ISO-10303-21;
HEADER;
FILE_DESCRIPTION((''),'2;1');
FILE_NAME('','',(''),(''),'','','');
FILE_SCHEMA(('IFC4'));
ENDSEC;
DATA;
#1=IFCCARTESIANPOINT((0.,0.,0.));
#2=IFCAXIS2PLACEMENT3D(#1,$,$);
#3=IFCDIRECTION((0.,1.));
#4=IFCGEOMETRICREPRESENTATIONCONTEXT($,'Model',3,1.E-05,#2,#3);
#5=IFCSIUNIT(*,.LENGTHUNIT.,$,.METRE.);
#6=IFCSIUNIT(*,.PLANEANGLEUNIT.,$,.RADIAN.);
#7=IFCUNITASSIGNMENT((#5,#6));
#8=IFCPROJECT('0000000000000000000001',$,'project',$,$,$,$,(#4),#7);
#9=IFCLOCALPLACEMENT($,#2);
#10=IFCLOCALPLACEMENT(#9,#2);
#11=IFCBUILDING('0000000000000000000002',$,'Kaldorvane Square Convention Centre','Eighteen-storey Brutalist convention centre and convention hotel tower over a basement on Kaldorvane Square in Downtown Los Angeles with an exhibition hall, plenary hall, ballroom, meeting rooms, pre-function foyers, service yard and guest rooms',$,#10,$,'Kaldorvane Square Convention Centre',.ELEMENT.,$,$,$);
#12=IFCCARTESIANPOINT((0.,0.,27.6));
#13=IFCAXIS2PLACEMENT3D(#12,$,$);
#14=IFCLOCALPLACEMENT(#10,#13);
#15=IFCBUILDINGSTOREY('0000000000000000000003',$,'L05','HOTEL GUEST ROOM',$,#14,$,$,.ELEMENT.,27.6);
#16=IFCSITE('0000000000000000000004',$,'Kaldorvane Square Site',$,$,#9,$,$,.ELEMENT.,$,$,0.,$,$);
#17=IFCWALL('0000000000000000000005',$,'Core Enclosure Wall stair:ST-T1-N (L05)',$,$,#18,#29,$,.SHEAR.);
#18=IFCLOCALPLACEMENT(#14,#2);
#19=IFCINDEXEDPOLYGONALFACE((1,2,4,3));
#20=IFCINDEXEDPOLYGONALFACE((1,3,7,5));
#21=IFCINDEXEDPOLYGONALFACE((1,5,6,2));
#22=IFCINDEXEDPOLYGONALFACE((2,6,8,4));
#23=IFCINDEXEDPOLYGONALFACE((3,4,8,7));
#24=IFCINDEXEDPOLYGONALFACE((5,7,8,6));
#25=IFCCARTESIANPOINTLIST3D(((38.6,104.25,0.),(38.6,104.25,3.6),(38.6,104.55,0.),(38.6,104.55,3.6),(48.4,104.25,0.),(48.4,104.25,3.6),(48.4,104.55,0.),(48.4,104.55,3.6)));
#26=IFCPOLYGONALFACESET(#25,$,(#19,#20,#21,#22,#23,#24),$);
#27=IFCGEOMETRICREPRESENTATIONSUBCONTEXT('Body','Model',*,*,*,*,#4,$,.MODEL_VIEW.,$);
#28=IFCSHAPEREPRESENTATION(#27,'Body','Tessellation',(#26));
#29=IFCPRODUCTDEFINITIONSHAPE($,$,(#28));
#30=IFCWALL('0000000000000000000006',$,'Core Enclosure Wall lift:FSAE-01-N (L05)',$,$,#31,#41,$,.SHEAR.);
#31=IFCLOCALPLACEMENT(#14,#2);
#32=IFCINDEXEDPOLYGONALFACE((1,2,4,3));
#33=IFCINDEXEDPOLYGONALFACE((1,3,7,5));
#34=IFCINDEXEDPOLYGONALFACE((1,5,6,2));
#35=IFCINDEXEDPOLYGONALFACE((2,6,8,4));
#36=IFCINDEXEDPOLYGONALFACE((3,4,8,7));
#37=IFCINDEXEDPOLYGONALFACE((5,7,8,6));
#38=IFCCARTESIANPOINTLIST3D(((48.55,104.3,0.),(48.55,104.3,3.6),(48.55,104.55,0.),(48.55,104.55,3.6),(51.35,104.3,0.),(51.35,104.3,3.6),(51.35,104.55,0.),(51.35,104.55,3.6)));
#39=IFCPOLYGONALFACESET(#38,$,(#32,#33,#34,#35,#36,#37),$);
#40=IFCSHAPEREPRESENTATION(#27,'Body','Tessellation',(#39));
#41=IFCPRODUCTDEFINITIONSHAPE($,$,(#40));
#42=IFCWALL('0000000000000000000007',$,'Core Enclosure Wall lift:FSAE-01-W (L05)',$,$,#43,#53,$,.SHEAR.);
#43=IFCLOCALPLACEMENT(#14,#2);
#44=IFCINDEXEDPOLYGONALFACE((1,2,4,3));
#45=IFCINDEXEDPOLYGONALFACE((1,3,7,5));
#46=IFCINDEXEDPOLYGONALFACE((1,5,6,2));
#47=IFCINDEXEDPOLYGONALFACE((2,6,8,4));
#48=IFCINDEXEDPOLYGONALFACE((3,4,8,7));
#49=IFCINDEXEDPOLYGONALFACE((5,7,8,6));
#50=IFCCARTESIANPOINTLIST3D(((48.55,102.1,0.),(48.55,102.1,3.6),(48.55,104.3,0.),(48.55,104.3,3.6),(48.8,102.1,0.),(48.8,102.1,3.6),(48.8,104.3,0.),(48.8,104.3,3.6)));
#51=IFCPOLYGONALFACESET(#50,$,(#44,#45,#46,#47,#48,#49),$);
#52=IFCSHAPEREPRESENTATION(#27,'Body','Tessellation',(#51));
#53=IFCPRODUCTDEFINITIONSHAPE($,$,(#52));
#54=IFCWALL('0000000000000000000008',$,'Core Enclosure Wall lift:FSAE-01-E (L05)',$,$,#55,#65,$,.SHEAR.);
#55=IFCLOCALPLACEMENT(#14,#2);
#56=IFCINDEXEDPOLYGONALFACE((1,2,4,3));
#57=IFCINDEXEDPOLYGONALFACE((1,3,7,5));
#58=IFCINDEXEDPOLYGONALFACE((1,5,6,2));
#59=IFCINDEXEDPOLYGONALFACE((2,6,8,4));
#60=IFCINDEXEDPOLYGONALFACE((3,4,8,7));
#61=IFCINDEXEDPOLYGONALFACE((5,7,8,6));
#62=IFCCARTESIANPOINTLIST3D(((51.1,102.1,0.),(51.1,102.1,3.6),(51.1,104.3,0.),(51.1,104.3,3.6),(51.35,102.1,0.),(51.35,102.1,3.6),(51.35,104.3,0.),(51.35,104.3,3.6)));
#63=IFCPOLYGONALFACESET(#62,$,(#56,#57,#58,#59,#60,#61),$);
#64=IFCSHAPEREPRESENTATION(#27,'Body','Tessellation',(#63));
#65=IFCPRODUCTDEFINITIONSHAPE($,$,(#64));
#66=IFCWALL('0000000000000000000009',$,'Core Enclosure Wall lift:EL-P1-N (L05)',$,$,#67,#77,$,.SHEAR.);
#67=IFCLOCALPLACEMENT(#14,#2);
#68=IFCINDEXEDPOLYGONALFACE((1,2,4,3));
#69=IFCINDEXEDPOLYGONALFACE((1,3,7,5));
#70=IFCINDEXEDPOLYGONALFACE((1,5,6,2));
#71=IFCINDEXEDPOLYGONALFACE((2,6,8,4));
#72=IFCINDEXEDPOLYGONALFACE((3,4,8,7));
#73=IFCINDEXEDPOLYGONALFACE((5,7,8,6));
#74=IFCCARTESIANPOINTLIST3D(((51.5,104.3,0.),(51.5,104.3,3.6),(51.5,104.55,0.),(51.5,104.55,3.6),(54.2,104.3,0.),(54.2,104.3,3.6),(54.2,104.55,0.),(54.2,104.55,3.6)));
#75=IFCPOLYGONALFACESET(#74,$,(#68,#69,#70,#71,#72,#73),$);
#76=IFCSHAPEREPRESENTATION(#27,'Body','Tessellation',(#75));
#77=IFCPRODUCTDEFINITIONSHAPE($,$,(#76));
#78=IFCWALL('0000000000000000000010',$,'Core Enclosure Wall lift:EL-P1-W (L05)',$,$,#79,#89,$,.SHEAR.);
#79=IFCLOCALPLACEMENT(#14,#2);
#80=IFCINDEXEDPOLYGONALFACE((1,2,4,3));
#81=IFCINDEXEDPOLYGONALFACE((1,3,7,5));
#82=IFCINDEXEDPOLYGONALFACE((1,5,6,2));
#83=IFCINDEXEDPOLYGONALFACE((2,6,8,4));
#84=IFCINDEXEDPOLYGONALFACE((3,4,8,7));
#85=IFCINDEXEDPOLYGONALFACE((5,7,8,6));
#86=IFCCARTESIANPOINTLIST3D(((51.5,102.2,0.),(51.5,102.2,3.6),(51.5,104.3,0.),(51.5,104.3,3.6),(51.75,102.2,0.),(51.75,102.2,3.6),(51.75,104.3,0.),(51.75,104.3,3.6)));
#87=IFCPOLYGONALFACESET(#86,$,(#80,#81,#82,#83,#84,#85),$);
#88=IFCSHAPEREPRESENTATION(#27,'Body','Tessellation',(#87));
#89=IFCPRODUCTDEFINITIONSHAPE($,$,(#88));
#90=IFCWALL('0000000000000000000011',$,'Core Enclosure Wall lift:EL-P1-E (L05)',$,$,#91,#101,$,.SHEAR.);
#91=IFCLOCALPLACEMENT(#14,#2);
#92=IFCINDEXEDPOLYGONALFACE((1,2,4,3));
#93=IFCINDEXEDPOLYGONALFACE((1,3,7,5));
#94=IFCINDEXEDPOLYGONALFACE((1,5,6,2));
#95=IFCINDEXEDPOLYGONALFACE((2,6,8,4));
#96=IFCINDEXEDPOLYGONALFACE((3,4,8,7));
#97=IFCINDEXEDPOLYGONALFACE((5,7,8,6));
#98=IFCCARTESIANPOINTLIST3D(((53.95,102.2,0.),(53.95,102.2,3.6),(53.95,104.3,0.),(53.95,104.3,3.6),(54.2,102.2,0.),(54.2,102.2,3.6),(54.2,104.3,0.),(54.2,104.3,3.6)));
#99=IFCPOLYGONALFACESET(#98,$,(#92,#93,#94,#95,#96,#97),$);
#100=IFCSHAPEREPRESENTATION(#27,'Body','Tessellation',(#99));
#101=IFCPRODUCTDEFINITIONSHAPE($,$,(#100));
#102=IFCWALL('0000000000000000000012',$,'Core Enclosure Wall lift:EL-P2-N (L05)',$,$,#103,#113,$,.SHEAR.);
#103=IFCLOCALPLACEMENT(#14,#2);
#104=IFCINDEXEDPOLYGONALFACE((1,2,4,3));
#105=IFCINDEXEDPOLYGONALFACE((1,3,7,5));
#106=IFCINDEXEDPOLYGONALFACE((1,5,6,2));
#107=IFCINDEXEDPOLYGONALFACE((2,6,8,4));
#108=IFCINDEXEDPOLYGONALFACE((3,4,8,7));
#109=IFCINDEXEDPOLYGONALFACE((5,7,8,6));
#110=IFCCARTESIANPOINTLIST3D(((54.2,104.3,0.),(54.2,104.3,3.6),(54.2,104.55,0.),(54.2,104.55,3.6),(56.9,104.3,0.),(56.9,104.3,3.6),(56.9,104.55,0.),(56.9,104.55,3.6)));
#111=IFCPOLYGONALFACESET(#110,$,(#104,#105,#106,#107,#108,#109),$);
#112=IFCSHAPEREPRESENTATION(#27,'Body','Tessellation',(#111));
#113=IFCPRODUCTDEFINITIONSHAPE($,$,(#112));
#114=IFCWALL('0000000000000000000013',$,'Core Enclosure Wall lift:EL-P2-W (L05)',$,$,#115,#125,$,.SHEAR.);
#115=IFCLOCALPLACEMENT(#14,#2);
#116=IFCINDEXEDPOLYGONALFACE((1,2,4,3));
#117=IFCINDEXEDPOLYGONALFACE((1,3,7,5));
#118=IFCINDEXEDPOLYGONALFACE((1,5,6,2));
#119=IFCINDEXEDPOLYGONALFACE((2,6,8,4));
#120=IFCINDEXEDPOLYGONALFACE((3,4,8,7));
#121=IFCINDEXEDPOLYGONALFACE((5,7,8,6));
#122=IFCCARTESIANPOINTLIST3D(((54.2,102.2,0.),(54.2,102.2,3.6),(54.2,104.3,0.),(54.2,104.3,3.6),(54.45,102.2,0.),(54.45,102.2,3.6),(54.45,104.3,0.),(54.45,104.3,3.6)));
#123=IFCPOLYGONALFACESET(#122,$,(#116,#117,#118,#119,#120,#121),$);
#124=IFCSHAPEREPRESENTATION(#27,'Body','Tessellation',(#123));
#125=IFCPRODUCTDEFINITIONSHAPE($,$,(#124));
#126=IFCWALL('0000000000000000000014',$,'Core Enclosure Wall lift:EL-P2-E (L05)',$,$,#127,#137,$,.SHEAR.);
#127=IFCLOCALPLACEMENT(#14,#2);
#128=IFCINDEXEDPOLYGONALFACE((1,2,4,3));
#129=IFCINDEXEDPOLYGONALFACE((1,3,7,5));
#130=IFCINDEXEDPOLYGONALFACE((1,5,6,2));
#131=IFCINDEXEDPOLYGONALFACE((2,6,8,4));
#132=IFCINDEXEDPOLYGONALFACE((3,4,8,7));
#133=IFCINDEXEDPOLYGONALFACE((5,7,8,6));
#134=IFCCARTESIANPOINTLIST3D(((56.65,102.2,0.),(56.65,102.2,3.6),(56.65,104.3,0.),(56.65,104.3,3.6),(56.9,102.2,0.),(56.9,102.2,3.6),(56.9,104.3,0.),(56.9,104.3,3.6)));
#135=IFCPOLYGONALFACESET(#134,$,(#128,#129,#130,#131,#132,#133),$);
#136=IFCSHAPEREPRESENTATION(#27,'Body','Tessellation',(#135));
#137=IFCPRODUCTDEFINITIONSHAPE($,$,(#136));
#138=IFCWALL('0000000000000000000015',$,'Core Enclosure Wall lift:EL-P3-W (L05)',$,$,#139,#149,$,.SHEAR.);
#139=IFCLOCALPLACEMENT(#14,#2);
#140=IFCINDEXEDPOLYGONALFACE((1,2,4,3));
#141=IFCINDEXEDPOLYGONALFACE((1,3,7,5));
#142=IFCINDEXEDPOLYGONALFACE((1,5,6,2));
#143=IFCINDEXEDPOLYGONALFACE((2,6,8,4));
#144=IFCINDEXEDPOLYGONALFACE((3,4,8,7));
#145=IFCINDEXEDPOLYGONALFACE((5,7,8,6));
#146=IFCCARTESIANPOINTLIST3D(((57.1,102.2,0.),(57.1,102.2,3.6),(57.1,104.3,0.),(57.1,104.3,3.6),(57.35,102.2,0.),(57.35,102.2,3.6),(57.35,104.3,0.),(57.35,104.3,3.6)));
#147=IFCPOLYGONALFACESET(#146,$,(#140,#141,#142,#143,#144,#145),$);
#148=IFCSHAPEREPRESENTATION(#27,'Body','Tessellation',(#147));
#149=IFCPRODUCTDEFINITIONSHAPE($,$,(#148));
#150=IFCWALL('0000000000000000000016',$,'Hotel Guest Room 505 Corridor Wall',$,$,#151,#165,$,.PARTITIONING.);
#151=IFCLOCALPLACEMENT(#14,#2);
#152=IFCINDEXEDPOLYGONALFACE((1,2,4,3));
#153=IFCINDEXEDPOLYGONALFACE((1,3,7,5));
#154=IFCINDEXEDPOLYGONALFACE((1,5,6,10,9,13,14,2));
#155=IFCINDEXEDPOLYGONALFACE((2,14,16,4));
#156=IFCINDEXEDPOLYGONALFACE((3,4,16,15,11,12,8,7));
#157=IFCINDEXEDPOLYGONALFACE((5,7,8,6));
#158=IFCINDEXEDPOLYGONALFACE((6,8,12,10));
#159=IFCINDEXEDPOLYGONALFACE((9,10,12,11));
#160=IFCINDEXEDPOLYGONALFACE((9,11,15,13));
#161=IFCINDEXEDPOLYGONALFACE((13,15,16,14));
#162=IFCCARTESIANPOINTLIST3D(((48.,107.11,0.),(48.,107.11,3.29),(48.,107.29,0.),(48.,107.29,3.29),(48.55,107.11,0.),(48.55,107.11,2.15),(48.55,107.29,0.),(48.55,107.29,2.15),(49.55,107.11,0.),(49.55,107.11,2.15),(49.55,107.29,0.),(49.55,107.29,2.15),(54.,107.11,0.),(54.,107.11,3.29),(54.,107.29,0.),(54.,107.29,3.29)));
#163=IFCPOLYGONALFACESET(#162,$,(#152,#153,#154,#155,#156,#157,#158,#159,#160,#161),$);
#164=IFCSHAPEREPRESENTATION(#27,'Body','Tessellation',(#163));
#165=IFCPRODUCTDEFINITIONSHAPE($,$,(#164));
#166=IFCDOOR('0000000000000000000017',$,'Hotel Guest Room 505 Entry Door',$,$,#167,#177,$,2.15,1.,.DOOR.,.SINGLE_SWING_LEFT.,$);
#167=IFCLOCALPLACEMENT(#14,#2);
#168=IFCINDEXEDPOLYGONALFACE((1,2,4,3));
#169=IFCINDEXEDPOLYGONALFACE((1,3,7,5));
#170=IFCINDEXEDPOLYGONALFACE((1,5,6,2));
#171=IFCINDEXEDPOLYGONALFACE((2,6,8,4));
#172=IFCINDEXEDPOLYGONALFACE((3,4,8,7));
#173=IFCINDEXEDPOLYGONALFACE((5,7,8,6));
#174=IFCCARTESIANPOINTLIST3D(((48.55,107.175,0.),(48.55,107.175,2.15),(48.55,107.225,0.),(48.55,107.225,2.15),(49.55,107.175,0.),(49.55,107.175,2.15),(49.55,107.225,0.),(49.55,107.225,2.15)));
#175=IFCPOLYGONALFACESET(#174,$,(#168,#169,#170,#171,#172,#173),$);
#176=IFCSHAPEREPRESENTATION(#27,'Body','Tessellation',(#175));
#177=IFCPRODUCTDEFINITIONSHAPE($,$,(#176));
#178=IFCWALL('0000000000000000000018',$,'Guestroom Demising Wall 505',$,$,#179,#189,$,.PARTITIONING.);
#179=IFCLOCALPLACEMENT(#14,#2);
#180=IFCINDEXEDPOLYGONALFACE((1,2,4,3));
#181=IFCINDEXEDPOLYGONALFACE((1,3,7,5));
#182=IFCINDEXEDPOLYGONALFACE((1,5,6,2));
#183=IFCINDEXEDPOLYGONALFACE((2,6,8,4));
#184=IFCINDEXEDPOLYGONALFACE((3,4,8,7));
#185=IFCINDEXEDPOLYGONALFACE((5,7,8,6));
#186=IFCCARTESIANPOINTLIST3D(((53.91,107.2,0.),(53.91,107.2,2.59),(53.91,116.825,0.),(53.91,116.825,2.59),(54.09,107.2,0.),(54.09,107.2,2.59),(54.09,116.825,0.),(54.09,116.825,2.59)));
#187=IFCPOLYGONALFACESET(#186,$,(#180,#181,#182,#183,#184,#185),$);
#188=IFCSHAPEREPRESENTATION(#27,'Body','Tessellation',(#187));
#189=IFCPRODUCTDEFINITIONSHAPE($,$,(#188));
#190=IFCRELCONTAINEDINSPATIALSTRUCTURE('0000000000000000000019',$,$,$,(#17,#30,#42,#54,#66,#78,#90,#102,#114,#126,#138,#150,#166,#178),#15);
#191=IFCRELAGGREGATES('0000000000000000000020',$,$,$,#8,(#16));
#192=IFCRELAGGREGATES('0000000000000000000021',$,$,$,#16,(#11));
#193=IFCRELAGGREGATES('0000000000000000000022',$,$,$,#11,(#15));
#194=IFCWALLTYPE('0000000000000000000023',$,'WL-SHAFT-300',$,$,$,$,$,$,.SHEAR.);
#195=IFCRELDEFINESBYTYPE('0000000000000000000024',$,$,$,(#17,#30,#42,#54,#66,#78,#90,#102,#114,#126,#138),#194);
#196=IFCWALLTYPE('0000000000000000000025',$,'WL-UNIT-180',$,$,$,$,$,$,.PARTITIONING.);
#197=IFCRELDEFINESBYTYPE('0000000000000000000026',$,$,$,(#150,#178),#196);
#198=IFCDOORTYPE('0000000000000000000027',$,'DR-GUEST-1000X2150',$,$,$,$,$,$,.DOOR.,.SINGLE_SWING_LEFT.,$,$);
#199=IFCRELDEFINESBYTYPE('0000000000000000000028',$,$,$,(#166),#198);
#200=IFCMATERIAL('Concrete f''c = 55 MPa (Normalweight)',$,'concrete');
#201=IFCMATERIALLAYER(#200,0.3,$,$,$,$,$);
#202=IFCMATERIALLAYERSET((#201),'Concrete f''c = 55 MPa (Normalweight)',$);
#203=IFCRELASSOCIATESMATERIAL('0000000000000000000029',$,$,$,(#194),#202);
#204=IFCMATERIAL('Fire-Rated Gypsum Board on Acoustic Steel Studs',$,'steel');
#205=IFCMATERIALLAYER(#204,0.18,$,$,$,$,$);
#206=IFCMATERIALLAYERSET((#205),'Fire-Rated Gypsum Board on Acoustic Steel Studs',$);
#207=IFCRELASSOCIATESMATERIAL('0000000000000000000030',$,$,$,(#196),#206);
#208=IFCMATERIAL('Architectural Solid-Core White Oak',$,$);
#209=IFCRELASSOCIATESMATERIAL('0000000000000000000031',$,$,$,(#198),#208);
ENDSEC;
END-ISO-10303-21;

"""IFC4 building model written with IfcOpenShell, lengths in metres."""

from ifc_helpers import new_model, si_unit, direction, frame, frame_2d, origin, place, context, subcontext, project, spatial, rectangle, extrude, material, layer, layer_set, type_object, element, fill, save


model = new_model("IFC4")

# Units and contexts
model_context = context("Model", 3, precision=1e-05, world=origin(), true_north=direction((0.0, 1.0)))
body_context = subcontext(model_context, "Body", "Model", "MODEL_VIEW")
ifc_project = project(units=[si_unit("LENGTHUNIT", "METRE"), si_unit("PLANEANGLEUNIT", "RADIAN")], contexts=[model_context])

# Site, building, storey
site_placement = place(None, origin())
site = spatial("IfcSite", under=ifc_project, at=site_placement, Name="Kaldorvane Square Site", CompositionType="ELEMENT", RefElevation=0.0)
building_placement = place(site_placement, origin())
building = spatial("IfcBuilding", under=site, at=building_placement, Name="Kaldorvane Square Convention Centre", Description="Eighteen-storey Brutalist convention centre and convention hotel tower over a basement on Kaldorvane Square in Downtown Los Angeles with an exhibition hall, plenary hall, ballroom, meeting rooms, pre-function foyers, service yard and guest rooms", LongName="Kaldorvane Square Convention Centre", CompositionType="ELEMENT")
storey_placement = place(building_placement, frame((0.0, 0.0, 27.6)))
storey = spatial("IfcBuildingStorey", under=building, at=storey_placement, Name="L05", Description="HOTEL GUEST ROOM", CompositionType="ELEMENT", Elevation=27.6)

# Shared definitions
ifc_material_1 = material(Name="Concrete f'c = 55 MPa (Normalweight)", Category="concrete")

# Shared definitions
ifc_material_2 = material(Name="Fire-Rated Gypsum Board on Acoustic Steel Studs", Category="steel")
ifc_material_3 = material(Name="Architectural Solid-Core White Oak")

# Walls
ifc_layer_1 = layer(ifc_material_1, 0.3)
ifc_layer_set_1 = layer_set([ifc_layer_1], Name="Concrete f'c = 55 MPa (Normalweight)")
wall_type_1 = type_object("IfcWallType", Name="WL-SHAFT-300", PredefinedType="SHEAR", material=ifc_layer_set_1)
wall_1_placement = place(storey_placement, frame((48.4, 104.4, 0.0), z_axis=(0.0, 0.0, 1.0), x_axis=(-1.0, 0.0, 0.0)))
element("IfcWall", 1, at=wall_1_placement, inside=storey, type_object=wall_type_1, Name="Core Enclosure Wall stair:ST-T1-N (L05)", PredefinedType="SHEAR", context=body_context, shape_type="SweptSolid", body=[
    extrude(rectangle(XDim=9.8, YDim=0.3, at=frame_2d((4.9, 0.0))), origin(), (0.0, 0.0, 1.0), 3.6),
])
wall_2_placement = place(storey_placement, frame((51.35, 104.425, 0.0), z_axis=(0.0, 0.0, 1.0), x_axis=(-1.0, 0.0, 0.0)))
element("IfcWall", 2, at=wall_2_placement, inside=storey, type_object=wall_type_1, Name="Core Enclosure Wall lift:FSAE-01-N (L05)", PredefinedType="SHEAR", context=body_context, shape_type="SweptSolid", body=[
    extrude(rectangle(XDim=2.8, YDim=0.25, at=frame_2d((1.4, 0.0))), origin(), (0.0, 0.0, 1.0), 3.6),
])
for number, where, z_axis, x_axis, name in (
    (3, (48.675, 104.3, 0.0), (0.0, 0.0, 1.0), (0.0, -1.0, 0.0), "Core Enclosure Wall lift:FSAE-01-W (L05)"),
    (4, (51.225, 102.1, 0.0), (0.0, 0.0, 1.0), (0.0, 1.0, 0.0), "Core Enclosure Wall lift:FSAE-01-E (L05)"),
):
    element("IfcWall", number, at=place(storey_placement, frame(where, z_axis=z_axis, x_axis=x_axis)), inside=storey, type_object=wall_type_1, Name=name, PredefinedType="SHEAR", context=body_context, shape_type="SweptSolid", body=[
        extrude(rectangle(XDim=2.2, YDim=0.25, at=frame_2d((1.1, 0.0))), origin(), (0.0, 0.0, 1.0), 3.6),
    ])
wall_3_placement = place(storey_placement, frame((54.2, 104.425, 0.0), z_axis=(0.0, 0.0, 1.0), x_axis=(-1.0, 0.0, 0.0)))
element("IfcWall", 5, at=wall_3_placement, inside=storey, type_object=wall_type_1, Name="Core Enclosure Wall lift:EL-P1-N (L05)", PredefinedType="SHEAR", context=body_context, shape_type="SweptSolid", body=[
    extrude(rectangle(XDim=2.7, YDim=0.25, at=frame_2d((1.35, 0.0))), origin(), (0.0, 0.0, 1.0), 3.6),
])
for number, where, z_axis, x_axis, name in (
    (6, (51.625, 104.3, 0.0), (0.0, 0.0, 1.0), (0.0, -1.0, 0.0), "Core Enclosure Wall lift:EL-P1-W (L05)"),
    (7, (54.075, 102.2, 0.0), (0.0, 0.0, 1.0), (0.0, 1.0, 0.0), "Core Enclosure Wall lift:EL-P1-E (L05)"),
):
    element("IfcWall", number, at=place(storey_placement, frame(where, z_axis=z_axis, x_axis=x_axis)), inside=storey, type_object=wall_type_1, Name=name, PredefinedType="SHEAR", context=body_context, shape_type="SweptSolid", body=[
        extrude(rectangle(XDim=2.1, YDim=0.25, at=frame_2d((1.05, 0.0))), origin(), (0.0, 0.0, 1.0), 3.6),
    ])
wall_4_placement = place(storey_placement, frame((56.9, 104.425, 0.0), z_axis=(0.0, 0.0, 1.0), x_axis=(-1.0, 0.0, 0.0)))
element("IfcWall", 8, at=wall_4_placement, inside=storey, type_object=wall_type_1, Name="Core Enclosure Wall lift:EL-P2-N (L05)", PredefinedType="SHEAR", context=body_context, shape_type="SweptSolid", body=[
    extrude(rectangle(XDim=2.7, YDim=0.25, at=frame_2d((1.35, 0.0))), origin(), (0.0, 0.0, 1.0), 3.6),
])
for number, where, z_axis, x_axis, name in (
    (9, (54.325, 104.3, 0.0), (0.0, 0.0, 1.0), (0.0, -1.0, 0.0), "Core Enclosure Wall lift:EL-P2-W (L05)"),
    (10, (56.775, 102.2, 0.0), (0.0, 0.0, 1.0), (0.0, 1.0, 0.0), "Core Enclosure Wall lift:EL-P2-E (L05)"),
    (11, (57.225, 104.3, 0.0), (0.0, 0.0, 1.0), (0.0, -1.0, 0.0), "Core Enclosure Wall lift:EL-P3-W (L05)"),
):
    element("IfcWall", number, at=place(storey_placement, frame(where, z_axis=z_axis, x_axis=x_axis)), inside=storey, type_object=wall_type_1, Name=name, PredefinedType="SHEAR", context=body_context, shape_type="SweptSolid", body=[
        extrude(rectangle(XDim=2.1, YDim=0.25, at=frame_2d((1.05, 0.0))), origin(), (0.0, 0.0, 1.0), 3.6),
    ])

# Wall, opening, door
ifc_layer_2 = layer(ifc_material_2, 0.18)
ifc_layer_set_2 = layer_set([ifc_layer_2], Name="Fire-Rated Gypsum Board on Acoustic Steel Studs")
wall_type_2 = type_object("IfcWallType", Name="WL-UNIT-180", PredefinedType="PARTITIONING", material=ifc_layer_set_2)
wall_5_placement = place(storey_placement, frame((48.0, 107.2, 0.0), z_axis=(0.0, 0.0, 1.0), x_axis=(1.0, 0.0, 0.0)))
wall_5 = element("IfcWall", 12, at=wall_5_placement, inside=storey, type_object=wall_type_2, Name="Hotel Guest Room 505 Corridor Wall", PredefinedType="PARTITIONING", context=body_context, shape_type="SweptSolid", body=[
    extrude(rectangle(XDim=6.0, YDim=0.18, at=frame_2d((3.0, 0.0))), origin(), (0.0, 0.0, 1.0), 3.29),
])
opening_1_placement = place(wall_5_placement, frame((0.55, 0.0, 0.0)))
opening_1 = element("IfcOpeningElement", 13, at=opening_1_placement, cuts=wall_5, PredefinedType="OPENING", context=body_context, shape_type="SweptSolid", body=[
    extrude(rectangle(XDim=1.0, YDim=2.15, at=frame_2d((0.5, 1.075))), frame((0.0, 0.105, 0.0), z_axis=(0.0, -1.0, 0.0), x_axis=(1.0, 0.0, 0.0)), (0.0, 0.0, 1.0), 0.21),
])
door_type_1 = type_object("IfcDoorType", Name="DR-GUEST-1000X2150", OperationType="SINGLE_SWING_LEFT", PredefinedType="DOOR", material=ifc_material_3)
door_1_placement = place(opening_1_placement, origin())
door_1 = element("IfcDoor", 14, at=door_1_placement, inside=storey, type_object=door_type_1, Name="Hotel Guest Room 505 Entry Door", OperationType="SINGLE_SWING_LEFT", OverallHeight=2.15, OverallWidth=1.0, PredefinedType="DOOR", context=body_context, shape_type="SweptSolid", body=[
    extrude(rectangle(XDim=1.0, YDim=2.15, at=frame_2d((0.5, 1.075))), frame((0.0, 0.025, 0.0), z_axis=(0.0, -1.0, 0.0), x_axis=(1.0, 0.0, 0.0)), (0.0, 0.0, 1.0), 0.05),
])
fill(opening_1, door_1)

# Wall
wall_6_placement = place(storey_placement, frame((54.0, 107.2, 0.0), z_axis=(0.0, 0.0, 1.0), x_axis=(0.0, 1.0, 0.0)))
element("IfcWall", 15, at=wall_6_placement, inside=storey, type_object=wall_type_2, Name="Guestroom Demising Wall 505", PredefinedType="PARTITIONING", context=body_context, shape_type="SweptSolid", body=[
    extrude(rectangle(XDim=9.625, YDim=0.18, at=frame_2d((4.8125, 0.0))), origin(), (0.0, 0.0, 1.0), 2.59),
])

save(model, "model.ifc")
